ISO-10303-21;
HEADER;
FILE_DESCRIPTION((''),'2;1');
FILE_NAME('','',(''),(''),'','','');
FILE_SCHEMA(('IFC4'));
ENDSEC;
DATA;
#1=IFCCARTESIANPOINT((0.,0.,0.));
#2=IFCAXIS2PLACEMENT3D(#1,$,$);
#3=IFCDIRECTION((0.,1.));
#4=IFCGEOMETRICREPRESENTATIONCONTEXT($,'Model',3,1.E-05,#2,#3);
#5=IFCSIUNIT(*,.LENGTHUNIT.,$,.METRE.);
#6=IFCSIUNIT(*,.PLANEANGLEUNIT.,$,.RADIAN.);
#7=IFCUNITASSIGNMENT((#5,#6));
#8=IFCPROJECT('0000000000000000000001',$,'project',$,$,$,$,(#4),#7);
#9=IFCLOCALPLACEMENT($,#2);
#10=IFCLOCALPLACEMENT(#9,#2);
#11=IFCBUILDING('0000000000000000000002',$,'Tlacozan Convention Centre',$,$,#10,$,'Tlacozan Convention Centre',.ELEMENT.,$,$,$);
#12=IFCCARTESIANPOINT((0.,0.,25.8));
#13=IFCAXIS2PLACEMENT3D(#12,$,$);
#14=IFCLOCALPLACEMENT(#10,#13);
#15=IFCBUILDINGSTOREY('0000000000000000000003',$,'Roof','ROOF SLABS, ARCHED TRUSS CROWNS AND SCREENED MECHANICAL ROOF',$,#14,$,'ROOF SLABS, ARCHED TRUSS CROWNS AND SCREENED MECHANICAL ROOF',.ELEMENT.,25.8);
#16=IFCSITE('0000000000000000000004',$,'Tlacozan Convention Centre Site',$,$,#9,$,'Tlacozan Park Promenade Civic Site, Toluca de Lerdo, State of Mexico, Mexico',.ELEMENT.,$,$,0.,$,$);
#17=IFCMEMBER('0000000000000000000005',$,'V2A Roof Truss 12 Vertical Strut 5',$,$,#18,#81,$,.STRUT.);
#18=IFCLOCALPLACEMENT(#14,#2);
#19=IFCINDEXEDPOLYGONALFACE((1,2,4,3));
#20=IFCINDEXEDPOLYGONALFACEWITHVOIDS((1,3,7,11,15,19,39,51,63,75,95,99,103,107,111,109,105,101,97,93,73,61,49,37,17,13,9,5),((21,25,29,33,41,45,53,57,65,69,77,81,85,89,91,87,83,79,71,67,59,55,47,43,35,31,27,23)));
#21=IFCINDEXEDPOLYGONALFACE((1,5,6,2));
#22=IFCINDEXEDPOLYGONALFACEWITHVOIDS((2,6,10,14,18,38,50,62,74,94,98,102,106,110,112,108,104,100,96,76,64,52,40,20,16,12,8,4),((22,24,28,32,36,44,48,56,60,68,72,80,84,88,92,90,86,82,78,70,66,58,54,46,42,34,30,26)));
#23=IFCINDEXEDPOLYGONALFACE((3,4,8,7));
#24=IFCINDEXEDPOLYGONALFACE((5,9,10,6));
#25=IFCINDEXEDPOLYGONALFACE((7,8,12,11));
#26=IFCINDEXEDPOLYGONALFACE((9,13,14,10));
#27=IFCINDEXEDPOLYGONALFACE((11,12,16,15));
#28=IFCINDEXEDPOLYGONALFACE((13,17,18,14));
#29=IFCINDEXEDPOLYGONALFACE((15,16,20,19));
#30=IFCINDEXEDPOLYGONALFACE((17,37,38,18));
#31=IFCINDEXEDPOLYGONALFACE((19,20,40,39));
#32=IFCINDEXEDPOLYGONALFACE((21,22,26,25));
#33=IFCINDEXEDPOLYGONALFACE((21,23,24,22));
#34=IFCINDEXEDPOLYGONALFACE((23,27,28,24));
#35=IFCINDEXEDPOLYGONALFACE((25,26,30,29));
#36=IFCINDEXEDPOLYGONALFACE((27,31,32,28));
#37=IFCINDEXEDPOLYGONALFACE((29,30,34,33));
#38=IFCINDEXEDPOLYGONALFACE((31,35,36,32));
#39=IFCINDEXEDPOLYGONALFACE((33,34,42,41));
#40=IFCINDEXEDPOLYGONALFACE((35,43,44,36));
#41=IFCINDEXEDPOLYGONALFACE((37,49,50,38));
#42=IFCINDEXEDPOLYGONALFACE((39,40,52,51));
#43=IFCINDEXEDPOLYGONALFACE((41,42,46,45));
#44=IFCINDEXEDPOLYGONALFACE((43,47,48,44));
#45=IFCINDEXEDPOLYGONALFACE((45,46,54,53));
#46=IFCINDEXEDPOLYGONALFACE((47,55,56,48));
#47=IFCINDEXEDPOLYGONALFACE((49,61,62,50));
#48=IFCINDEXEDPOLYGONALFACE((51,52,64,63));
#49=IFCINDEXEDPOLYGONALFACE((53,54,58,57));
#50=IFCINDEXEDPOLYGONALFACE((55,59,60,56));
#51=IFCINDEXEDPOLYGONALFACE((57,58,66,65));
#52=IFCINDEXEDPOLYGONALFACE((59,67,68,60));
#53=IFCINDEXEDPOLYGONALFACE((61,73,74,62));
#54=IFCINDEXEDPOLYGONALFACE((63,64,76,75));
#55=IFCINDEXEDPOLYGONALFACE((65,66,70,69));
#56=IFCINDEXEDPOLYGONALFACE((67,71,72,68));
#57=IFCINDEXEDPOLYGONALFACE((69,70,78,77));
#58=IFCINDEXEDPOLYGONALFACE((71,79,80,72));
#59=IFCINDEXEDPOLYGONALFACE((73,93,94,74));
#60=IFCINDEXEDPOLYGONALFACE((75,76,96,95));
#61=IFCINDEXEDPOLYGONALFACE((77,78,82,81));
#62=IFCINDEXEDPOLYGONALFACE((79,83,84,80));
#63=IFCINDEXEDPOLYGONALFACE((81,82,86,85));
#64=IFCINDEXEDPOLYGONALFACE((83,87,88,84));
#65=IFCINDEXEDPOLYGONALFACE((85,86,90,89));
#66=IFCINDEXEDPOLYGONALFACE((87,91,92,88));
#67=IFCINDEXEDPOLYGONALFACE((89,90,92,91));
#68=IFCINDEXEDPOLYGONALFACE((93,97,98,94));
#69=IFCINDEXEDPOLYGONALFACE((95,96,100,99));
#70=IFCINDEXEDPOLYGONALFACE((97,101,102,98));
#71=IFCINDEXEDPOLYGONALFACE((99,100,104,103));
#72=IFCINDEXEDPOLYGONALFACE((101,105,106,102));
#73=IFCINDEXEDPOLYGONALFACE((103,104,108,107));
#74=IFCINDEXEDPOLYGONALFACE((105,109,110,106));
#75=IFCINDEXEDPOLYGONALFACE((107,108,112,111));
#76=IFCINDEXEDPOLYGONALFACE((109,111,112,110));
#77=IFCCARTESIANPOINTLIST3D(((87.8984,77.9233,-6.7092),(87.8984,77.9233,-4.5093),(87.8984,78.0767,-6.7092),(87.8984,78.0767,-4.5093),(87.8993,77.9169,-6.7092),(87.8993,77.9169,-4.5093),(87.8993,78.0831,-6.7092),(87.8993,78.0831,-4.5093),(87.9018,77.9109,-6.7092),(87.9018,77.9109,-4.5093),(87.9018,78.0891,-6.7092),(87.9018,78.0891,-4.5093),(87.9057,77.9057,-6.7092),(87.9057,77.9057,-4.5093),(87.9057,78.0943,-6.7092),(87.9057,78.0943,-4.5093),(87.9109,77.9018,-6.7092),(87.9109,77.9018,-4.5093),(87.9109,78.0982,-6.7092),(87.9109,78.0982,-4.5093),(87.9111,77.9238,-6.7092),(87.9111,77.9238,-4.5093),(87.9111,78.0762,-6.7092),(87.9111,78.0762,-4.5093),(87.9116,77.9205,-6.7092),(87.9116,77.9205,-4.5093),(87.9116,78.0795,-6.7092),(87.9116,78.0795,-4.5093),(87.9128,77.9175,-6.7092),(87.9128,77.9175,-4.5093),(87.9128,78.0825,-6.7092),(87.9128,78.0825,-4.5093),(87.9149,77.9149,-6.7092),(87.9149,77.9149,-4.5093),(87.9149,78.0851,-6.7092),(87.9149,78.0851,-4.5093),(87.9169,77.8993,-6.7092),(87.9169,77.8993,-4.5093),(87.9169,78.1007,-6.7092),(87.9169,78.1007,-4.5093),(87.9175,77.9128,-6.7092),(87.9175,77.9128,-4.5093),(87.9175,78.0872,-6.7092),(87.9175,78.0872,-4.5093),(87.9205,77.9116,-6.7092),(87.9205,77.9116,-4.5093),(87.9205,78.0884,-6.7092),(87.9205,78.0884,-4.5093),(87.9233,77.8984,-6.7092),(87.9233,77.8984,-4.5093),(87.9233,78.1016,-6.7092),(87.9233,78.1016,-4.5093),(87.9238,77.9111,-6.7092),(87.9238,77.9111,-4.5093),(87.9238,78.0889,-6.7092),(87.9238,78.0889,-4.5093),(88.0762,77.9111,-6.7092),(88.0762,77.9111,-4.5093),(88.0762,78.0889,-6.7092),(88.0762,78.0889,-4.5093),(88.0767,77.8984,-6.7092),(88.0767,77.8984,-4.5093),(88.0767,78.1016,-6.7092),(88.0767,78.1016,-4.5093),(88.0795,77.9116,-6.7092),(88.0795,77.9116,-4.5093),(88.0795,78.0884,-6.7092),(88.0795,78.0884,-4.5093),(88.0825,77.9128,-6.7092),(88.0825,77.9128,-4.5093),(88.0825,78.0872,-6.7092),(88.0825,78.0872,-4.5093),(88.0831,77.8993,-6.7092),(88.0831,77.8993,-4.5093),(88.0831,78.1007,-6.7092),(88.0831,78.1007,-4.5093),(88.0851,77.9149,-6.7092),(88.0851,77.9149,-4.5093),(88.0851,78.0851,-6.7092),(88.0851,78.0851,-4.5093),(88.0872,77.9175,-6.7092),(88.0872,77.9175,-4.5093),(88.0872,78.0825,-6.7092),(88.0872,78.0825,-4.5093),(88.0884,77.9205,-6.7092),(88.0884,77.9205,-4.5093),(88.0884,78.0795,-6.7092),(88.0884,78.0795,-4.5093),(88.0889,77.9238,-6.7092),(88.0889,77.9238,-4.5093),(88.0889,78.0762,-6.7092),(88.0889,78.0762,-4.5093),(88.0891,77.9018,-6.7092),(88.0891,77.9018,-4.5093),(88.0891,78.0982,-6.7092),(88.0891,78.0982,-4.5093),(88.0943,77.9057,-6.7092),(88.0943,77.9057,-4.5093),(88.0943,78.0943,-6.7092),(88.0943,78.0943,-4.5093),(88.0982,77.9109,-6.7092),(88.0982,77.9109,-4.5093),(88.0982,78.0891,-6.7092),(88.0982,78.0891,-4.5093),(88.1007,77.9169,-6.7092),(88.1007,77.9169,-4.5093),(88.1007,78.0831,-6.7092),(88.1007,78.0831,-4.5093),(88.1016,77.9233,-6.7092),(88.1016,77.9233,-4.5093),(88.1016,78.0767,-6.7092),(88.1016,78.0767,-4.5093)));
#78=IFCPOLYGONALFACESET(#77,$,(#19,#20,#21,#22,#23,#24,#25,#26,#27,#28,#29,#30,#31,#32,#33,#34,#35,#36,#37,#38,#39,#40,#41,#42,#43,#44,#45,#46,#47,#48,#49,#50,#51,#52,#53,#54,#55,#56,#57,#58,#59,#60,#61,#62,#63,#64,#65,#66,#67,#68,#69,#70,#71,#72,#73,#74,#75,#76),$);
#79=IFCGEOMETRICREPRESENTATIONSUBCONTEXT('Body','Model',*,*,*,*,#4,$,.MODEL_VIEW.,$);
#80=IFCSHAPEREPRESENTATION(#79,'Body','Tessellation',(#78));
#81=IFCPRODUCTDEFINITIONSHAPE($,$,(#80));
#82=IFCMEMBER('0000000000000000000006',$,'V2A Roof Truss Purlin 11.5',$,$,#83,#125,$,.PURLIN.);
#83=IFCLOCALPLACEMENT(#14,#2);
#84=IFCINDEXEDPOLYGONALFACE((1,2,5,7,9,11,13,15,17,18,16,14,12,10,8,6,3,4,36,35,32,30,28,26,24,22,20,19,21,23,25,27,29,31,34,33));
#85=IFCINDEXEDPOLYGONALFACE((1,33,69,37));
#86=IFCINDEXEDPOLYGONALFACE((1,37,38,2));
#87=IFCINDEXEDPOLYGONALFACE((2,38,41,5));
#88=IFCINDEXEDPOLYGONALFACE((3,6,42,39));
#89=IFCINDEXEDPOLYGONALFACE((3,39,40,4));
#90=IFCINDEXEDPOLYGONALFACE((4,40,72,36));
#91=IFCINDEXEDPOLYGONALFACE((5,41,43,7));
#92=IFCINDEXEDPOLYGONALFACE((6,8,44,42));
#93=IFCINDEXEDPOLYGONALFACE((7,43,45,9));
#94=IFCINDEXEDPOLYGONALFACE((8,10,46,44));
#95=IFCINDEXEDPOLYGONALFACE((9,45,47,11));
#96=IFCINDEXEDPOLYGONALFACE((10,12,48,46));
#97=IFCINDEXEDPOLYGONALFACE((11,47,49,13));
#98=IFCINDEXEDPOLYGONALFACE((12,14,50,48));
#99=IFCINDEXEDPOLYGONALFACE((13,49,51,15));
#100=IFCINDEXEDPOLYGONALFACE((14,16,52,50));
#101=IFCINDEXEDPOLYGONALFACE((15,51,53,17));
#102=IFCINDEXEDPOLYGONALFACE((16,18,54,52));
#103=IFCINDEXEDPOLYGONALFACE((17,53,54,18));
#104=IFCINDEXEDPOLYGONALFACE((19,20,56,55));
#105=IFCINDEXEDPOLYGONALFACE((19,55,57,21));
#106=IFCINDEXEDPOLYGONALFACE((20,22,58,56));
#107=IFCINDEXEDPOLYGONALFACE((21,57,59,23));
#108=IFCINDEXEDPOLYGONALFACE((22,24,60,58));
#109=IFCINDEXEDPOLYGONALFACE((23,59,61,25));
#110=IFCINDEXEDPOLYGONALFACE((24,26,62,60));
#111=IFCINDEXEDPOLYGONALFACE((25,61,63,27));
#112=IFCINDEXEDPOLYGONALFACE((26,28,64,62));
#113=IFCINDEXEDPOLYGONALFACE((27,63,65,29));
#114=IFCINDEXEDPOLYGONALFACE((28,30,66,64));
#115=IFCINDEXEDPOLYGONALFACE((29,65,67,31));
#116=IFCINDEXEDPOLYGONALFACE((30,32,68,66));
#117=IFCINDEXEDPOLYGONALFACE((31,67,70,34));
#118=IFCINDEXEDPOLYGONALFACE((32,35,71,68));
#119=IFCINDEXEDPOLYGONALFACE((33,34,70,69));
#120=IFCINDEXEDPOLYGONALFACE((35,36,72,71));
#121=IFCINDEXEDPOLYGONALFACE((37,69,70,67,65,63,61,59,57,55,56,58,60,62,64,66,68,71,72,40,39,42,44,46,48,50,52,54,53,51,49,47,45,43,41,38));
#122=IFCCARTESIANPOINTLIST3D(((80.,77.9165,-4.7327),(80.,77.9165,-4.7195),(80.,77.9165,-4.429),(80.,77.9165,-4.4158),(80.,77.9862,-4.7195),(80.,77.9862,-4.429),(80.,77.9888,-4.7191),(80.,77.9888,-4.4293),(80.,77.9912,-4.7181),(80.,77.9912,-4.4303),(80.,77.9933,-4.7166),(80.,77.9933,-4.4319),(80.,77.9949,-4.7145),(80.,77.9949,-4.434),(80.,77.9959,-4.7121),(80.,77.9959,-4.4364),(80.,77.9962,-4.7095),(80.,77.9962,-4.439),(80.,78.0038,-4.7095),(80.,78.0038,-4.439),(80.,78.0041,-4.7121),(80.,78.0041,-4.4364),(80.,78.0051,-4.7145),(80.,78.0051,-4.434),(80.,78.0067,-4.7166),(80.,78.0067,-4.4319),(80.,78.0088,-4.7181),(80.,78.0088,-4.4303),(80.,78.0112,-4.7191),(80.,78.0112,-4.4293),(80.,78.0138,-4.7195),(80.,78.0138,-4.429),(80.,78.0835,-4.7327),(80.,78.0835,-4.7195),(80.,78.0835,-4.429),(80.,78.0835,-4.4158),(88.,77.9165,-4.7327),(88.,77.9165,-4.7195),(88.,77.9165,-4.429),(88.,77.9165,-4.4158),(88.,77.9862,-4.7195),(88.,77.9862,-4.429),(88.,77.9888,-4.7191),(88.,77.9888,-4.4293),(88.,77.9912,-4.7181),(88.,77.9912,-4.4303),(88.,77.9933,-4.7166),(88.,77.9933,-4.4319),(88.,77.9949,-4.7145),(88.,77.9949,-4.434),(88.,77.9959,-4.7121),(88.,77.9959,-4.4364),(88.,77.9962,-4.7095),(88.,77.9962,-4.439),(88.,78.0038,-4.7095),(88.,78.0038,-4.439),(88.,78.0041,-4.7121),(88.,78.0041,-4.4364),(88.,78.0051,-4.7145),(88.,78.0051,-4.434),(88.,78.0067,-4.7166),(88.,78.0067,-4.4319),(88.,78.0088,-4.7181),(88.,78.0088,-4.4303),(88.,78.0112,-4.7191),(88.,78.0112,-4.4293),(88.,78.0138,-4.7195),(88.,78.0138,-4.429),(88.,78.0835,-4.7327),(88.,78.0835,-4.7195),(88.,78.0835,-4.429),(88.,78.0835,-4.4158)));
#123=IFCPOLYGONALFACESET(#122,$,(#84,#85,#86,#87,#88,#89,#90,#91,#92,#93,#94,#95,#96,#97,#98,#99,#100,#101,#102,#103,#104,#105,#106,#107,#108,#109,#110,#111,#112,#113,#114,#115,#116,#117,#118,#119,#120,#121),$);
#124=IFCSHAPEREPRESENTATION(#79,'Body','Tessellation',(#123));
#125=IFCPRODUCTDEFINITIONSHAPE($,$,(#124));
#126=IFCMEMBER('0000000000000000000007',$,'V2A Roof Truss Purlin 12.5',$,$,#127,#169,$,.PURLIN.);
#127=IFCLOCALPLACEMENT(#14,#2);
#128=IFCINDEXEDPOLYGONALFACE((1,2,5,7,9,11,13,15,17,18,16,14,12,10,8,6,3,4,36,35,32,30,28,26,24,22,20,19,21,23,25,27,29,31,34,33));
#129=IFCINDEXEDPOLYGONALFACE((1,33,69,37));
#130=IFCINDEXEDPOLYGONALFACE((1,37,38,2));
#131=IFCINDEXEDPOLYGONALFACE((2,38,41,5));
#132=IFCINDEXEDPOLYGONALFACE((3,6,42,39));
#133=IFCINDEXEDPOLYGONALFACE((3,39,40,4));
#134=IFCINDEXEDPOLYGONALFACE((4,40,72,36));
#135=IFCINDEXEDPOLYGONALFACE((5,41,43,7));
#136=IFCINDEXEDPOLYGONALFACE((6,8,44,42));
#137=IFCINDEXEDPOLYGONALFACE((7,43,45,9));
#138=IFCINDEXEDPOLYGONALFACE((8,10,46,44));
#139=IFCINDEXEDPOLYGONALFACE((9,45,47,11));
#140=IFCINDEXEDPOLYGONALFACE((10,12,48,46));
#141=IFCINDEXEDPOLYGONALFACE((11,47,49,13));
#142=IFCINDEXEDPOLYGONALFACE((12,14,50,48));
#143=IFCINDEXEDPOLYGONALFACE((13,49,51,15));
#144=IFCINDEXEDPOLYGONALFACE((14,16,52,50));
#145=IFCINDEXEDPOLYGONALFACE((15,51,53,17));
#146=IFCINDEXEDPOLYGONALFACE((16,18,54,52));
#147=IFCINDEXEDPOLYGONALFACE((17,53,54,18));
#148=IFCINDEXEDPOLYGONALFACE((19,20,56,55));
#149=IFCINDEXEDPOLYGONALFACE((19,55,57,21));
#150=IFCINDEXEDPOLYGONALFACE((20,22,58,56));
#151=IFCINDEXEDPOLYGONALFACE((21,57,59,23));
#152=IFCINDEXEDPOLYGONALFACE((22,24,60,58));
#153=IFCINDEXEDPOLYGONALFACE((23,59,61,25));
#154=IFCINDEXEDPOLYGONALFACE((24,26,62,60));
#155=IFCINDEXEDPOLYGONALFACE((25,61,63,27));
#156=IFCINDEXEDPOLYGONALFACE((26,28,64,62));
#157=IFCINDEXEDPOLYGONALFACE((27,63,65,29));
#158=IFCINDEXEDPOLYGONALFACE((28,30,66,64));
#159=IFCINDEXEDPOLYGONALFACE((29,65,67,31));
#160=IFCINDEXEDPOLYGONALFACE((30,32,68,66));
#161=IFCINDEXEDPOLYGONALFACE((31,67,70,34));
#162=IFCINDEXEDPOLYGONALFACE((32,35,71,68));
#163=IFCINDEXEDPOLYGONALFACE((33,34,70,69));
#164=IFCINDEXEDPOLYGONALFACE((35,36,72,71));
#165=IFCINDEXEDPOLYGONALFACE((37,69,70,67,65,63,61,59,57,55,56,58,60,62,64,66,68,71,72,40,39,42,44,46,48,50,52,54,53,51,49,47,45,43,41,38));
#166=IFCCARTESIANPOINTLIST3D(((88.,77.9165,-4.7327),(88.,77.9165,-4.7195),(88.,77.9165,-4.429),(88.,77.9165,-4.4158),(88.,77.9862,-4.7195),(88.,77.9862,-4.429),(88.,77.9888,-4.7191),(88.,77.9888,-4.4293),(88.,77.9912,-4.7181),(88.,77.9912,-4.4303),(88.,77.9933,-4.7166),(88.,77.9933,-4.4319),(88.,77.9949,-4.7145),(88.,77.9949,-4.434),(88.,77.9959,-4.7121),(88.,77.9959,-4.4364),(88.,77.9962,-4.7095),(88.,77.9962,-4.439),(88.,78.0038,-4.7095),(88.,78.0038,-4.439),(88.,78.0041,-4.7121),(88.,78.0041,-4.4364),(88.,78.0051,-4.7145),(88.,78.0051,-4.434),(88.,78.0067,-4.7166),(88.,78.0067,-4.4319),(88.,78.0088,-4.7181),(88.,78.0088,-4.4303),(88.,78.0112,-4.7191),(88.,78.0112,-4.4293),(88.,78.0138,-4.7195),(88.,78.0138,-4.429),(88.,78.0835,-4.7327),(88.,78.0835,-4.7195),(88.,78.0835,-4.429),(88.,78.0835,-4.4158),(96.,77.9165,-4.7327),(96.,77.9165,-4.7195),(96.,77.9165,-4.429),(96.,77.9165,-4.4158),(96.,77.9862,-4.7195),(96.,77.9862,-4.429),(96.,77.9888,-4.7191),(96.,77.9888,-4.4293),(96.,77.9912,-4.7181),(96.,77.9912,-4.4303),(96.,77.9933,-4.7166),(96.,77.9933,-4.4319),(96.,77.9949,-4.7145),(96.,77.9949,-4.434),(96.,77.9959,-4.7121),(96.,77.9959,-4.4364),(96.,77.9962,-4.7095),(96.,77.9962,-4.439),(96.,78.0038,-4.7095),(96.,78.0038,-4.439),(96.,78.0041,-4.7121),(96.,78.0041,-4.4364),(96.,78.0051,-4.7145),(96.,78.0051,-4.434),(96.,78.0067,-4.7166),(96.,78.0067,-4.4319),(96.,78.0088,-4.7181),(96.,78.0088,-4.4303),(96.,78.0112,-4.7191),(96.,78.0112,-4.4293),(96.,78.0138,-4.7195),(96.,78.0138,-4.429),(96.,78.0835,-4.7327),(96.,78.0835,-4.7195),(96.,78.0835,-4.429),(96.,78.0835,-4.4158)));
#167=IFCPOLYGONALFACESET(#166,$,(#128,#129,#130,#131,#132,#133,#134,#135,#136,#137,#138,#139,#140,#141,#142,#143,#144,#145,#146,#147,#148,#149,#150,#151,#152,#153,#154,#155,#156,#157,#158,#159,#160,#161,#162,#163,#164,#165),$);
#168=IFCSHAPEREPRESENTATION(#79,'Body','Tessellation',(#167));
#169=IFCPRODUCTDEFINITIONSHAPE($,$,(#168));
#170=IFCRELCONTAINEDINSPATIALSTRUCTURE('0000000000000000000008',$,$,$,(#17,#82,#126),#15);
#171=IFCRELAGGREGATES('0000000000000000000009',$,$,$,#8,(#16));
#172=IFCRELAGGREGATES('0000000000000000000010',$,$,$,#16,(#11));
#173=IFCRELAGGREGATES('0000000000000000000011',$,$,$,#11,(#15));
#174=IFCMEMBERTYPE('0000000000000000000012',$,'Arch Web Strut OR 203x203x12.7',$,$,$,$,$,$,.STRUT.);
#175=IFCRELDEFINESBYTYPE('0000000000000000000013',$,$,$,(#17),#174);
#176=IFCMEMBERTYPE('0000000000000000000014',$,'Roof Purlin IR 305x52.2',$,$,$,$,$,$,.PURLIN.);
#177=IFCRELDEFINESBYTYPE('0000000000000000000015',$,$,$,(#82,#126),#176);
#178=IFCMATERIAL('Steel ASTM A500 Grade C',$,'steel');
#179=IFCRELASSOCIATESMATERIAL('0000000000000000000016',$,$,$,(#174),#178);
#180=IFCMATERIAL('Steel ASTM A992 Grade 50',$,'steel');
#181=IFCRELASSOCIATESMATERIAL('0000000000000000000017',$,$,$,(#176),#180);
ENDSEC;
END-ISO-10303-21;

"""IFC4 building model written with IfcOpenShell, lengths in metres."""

from ifc_helpers import new_model, si_unit, direction, frame, origin, origin_2d, place, context, subcontext, project, spatial, hollow_rectangle, i_section, extrude, material, material_profile, profile_set, type_object, element, save


model = new_model("IFC4")

# Units and contexts
model_context = context("Model", 3, precision=1e-05, world=origin(), true_north=direction((0.0, 1.0)))
body_context = subcontext(model_context, "Body", "Model", "MODEL_VIEW")
ifc_project = project(units=[si_unit("LENGTHUNIT", "METRE"), si_unit("PLANEANGLEUNIT", "RADIAN")], contexts=[model_context])

# Site, building, storey
site_placement = place(None, origin())
site = spatial("IfcSite", under=ifc_project, at=site_placement, Name="Tlacozan Convention Centre Site", LongName="Tlacozan Park Promenade Civic Site, Toluca de Lerdo, State of Mexico, Mexico", CompositionType="ELEMENT", RefElevation=0.0)
building_placement = place(site_placement, origin())
building = spatial("IfcBuilding", under=site, at=building_placement, Name="Tlacozan Convention Centre", LongName="Tlacozan Convention Centre", CompositionType="ELEMENT")
storey_placement = place(building_placement, frame((0.0, 0.0, 25.8)))
storey = spatial("IfcBuildingStorey", under=building, at=storey_placement, Name="Roof", Description="ROOF SLABS, ARCHED TRUSS CROWNS AND SCREENED MECHANICAL ROOF", LongName="ROOF SLABS, ARCHED TRUSS CROWNS AND SCREENED MECHANICAL ROOF", CompositionType="ELEMENT", Elevation=25.8)

# Members
ifc_material_1 = material(Name="Steel ASTM A500 Grade C", Category="steel")
ifc_material_profile_1 = material_profile(ifc_material_1, hollow_rectangle(XDim=0.2031, YDim=0.2031, WallThickness=0.0127, InnerFilletRadius=0.0127, OuterFilletRadius=0.0249, at=origin_2d()), Name="OR 203x203x12.7")
ifc_profile_set_1 = profile_set([ifc_material_profile_1], Name="Steel ASTM A500 Grade C")
member_type_1 = type_object("IfcMemberType", Name="Arch Web Strut OR 203x203x12.7", PredefinedType="STRUT", material=ifc_profile_set_1)
for number, where, z_axis, x_axis, name in (
    (1, (88.0, 78.0, -6.7092), (0.0, 0.0, 1.0), (1.0, 0.0, 0.0), "V2A Roof Truss 12 Vertical Strut 5"),
):
    element("IfcMember", number, at=place(storey_placement, frame(where, z_axis=z_axis, x_axis=x_axis)), inside=storey, type_object=member_type_1, Name=name, PredefinedType="STRUT", context=body_context, shape_type="SweptSolid", body=[
        extrude(hollow_rectangle(XDim=0.2031, YDim=0.2031, WallThickness=0.0127, InnerFilletRadius=0.0127, OuterFilletRadius=0.0249, at=origin_2d()), origin(), (0.0, 0.0, 1.0), 2.2),
    ])
ifc_material_2 = material(Name="Steel ASTM A992 Grade 50", Category="steel")
ifc_material_profile_2 = material_profile(ifc_material_2, i_section(OverallWidth=0.167, OverallDepth=0.3169, WebThickness=0.0076, FlangeThickness=0.0132, FilletRadius=0.01, at=origin_2d()), Name="IR 305x52.2")
ifc_profile_set_2 = profile_set([ifc_material_profile_2], Name="Steel ASTM A992 Grade 50")
member_type_2 = type_object("IfcMemberType", Name="Roof Purlin IR 305x52.2", PredefinedType="PURLIN", material=ifc_profile_set_2)
for number, where, z_axis, x_axis, name in (
    (2, (80.0, 78.0, -4.5742), (1.0, 0.0, 0.0), (0.0, 1.0, 0.0), "V2A Roof Truss Purlin 11.5"),
    (3, (88.0, 78.0, -4.5742), (1.0, 0.0, 0.0), (0.0, 1.0, 0.0), "V2A Roof Truss Purlin 12.5"),
):
    element("IfcMember", number, at=place(storey_placement, frame(where, z_axis=z_axis, x_axis=x_axis)), inside=storey, type_object=member_type_2, Name=name, PredefinedType="PURLIN", context=body_context, shape_type="SweptSolid", body=[
        extrude(i_section(OverallWidth=0.167, OverallDepth=0.3169, WebThickness=0.0076, FlangeThickness=0.0132, FilletRadius=0.01, at=origin_2d()), origin(), (0.0, 0.0, 1.0), 8.0),
    ])

save(model, "model.ifc")
